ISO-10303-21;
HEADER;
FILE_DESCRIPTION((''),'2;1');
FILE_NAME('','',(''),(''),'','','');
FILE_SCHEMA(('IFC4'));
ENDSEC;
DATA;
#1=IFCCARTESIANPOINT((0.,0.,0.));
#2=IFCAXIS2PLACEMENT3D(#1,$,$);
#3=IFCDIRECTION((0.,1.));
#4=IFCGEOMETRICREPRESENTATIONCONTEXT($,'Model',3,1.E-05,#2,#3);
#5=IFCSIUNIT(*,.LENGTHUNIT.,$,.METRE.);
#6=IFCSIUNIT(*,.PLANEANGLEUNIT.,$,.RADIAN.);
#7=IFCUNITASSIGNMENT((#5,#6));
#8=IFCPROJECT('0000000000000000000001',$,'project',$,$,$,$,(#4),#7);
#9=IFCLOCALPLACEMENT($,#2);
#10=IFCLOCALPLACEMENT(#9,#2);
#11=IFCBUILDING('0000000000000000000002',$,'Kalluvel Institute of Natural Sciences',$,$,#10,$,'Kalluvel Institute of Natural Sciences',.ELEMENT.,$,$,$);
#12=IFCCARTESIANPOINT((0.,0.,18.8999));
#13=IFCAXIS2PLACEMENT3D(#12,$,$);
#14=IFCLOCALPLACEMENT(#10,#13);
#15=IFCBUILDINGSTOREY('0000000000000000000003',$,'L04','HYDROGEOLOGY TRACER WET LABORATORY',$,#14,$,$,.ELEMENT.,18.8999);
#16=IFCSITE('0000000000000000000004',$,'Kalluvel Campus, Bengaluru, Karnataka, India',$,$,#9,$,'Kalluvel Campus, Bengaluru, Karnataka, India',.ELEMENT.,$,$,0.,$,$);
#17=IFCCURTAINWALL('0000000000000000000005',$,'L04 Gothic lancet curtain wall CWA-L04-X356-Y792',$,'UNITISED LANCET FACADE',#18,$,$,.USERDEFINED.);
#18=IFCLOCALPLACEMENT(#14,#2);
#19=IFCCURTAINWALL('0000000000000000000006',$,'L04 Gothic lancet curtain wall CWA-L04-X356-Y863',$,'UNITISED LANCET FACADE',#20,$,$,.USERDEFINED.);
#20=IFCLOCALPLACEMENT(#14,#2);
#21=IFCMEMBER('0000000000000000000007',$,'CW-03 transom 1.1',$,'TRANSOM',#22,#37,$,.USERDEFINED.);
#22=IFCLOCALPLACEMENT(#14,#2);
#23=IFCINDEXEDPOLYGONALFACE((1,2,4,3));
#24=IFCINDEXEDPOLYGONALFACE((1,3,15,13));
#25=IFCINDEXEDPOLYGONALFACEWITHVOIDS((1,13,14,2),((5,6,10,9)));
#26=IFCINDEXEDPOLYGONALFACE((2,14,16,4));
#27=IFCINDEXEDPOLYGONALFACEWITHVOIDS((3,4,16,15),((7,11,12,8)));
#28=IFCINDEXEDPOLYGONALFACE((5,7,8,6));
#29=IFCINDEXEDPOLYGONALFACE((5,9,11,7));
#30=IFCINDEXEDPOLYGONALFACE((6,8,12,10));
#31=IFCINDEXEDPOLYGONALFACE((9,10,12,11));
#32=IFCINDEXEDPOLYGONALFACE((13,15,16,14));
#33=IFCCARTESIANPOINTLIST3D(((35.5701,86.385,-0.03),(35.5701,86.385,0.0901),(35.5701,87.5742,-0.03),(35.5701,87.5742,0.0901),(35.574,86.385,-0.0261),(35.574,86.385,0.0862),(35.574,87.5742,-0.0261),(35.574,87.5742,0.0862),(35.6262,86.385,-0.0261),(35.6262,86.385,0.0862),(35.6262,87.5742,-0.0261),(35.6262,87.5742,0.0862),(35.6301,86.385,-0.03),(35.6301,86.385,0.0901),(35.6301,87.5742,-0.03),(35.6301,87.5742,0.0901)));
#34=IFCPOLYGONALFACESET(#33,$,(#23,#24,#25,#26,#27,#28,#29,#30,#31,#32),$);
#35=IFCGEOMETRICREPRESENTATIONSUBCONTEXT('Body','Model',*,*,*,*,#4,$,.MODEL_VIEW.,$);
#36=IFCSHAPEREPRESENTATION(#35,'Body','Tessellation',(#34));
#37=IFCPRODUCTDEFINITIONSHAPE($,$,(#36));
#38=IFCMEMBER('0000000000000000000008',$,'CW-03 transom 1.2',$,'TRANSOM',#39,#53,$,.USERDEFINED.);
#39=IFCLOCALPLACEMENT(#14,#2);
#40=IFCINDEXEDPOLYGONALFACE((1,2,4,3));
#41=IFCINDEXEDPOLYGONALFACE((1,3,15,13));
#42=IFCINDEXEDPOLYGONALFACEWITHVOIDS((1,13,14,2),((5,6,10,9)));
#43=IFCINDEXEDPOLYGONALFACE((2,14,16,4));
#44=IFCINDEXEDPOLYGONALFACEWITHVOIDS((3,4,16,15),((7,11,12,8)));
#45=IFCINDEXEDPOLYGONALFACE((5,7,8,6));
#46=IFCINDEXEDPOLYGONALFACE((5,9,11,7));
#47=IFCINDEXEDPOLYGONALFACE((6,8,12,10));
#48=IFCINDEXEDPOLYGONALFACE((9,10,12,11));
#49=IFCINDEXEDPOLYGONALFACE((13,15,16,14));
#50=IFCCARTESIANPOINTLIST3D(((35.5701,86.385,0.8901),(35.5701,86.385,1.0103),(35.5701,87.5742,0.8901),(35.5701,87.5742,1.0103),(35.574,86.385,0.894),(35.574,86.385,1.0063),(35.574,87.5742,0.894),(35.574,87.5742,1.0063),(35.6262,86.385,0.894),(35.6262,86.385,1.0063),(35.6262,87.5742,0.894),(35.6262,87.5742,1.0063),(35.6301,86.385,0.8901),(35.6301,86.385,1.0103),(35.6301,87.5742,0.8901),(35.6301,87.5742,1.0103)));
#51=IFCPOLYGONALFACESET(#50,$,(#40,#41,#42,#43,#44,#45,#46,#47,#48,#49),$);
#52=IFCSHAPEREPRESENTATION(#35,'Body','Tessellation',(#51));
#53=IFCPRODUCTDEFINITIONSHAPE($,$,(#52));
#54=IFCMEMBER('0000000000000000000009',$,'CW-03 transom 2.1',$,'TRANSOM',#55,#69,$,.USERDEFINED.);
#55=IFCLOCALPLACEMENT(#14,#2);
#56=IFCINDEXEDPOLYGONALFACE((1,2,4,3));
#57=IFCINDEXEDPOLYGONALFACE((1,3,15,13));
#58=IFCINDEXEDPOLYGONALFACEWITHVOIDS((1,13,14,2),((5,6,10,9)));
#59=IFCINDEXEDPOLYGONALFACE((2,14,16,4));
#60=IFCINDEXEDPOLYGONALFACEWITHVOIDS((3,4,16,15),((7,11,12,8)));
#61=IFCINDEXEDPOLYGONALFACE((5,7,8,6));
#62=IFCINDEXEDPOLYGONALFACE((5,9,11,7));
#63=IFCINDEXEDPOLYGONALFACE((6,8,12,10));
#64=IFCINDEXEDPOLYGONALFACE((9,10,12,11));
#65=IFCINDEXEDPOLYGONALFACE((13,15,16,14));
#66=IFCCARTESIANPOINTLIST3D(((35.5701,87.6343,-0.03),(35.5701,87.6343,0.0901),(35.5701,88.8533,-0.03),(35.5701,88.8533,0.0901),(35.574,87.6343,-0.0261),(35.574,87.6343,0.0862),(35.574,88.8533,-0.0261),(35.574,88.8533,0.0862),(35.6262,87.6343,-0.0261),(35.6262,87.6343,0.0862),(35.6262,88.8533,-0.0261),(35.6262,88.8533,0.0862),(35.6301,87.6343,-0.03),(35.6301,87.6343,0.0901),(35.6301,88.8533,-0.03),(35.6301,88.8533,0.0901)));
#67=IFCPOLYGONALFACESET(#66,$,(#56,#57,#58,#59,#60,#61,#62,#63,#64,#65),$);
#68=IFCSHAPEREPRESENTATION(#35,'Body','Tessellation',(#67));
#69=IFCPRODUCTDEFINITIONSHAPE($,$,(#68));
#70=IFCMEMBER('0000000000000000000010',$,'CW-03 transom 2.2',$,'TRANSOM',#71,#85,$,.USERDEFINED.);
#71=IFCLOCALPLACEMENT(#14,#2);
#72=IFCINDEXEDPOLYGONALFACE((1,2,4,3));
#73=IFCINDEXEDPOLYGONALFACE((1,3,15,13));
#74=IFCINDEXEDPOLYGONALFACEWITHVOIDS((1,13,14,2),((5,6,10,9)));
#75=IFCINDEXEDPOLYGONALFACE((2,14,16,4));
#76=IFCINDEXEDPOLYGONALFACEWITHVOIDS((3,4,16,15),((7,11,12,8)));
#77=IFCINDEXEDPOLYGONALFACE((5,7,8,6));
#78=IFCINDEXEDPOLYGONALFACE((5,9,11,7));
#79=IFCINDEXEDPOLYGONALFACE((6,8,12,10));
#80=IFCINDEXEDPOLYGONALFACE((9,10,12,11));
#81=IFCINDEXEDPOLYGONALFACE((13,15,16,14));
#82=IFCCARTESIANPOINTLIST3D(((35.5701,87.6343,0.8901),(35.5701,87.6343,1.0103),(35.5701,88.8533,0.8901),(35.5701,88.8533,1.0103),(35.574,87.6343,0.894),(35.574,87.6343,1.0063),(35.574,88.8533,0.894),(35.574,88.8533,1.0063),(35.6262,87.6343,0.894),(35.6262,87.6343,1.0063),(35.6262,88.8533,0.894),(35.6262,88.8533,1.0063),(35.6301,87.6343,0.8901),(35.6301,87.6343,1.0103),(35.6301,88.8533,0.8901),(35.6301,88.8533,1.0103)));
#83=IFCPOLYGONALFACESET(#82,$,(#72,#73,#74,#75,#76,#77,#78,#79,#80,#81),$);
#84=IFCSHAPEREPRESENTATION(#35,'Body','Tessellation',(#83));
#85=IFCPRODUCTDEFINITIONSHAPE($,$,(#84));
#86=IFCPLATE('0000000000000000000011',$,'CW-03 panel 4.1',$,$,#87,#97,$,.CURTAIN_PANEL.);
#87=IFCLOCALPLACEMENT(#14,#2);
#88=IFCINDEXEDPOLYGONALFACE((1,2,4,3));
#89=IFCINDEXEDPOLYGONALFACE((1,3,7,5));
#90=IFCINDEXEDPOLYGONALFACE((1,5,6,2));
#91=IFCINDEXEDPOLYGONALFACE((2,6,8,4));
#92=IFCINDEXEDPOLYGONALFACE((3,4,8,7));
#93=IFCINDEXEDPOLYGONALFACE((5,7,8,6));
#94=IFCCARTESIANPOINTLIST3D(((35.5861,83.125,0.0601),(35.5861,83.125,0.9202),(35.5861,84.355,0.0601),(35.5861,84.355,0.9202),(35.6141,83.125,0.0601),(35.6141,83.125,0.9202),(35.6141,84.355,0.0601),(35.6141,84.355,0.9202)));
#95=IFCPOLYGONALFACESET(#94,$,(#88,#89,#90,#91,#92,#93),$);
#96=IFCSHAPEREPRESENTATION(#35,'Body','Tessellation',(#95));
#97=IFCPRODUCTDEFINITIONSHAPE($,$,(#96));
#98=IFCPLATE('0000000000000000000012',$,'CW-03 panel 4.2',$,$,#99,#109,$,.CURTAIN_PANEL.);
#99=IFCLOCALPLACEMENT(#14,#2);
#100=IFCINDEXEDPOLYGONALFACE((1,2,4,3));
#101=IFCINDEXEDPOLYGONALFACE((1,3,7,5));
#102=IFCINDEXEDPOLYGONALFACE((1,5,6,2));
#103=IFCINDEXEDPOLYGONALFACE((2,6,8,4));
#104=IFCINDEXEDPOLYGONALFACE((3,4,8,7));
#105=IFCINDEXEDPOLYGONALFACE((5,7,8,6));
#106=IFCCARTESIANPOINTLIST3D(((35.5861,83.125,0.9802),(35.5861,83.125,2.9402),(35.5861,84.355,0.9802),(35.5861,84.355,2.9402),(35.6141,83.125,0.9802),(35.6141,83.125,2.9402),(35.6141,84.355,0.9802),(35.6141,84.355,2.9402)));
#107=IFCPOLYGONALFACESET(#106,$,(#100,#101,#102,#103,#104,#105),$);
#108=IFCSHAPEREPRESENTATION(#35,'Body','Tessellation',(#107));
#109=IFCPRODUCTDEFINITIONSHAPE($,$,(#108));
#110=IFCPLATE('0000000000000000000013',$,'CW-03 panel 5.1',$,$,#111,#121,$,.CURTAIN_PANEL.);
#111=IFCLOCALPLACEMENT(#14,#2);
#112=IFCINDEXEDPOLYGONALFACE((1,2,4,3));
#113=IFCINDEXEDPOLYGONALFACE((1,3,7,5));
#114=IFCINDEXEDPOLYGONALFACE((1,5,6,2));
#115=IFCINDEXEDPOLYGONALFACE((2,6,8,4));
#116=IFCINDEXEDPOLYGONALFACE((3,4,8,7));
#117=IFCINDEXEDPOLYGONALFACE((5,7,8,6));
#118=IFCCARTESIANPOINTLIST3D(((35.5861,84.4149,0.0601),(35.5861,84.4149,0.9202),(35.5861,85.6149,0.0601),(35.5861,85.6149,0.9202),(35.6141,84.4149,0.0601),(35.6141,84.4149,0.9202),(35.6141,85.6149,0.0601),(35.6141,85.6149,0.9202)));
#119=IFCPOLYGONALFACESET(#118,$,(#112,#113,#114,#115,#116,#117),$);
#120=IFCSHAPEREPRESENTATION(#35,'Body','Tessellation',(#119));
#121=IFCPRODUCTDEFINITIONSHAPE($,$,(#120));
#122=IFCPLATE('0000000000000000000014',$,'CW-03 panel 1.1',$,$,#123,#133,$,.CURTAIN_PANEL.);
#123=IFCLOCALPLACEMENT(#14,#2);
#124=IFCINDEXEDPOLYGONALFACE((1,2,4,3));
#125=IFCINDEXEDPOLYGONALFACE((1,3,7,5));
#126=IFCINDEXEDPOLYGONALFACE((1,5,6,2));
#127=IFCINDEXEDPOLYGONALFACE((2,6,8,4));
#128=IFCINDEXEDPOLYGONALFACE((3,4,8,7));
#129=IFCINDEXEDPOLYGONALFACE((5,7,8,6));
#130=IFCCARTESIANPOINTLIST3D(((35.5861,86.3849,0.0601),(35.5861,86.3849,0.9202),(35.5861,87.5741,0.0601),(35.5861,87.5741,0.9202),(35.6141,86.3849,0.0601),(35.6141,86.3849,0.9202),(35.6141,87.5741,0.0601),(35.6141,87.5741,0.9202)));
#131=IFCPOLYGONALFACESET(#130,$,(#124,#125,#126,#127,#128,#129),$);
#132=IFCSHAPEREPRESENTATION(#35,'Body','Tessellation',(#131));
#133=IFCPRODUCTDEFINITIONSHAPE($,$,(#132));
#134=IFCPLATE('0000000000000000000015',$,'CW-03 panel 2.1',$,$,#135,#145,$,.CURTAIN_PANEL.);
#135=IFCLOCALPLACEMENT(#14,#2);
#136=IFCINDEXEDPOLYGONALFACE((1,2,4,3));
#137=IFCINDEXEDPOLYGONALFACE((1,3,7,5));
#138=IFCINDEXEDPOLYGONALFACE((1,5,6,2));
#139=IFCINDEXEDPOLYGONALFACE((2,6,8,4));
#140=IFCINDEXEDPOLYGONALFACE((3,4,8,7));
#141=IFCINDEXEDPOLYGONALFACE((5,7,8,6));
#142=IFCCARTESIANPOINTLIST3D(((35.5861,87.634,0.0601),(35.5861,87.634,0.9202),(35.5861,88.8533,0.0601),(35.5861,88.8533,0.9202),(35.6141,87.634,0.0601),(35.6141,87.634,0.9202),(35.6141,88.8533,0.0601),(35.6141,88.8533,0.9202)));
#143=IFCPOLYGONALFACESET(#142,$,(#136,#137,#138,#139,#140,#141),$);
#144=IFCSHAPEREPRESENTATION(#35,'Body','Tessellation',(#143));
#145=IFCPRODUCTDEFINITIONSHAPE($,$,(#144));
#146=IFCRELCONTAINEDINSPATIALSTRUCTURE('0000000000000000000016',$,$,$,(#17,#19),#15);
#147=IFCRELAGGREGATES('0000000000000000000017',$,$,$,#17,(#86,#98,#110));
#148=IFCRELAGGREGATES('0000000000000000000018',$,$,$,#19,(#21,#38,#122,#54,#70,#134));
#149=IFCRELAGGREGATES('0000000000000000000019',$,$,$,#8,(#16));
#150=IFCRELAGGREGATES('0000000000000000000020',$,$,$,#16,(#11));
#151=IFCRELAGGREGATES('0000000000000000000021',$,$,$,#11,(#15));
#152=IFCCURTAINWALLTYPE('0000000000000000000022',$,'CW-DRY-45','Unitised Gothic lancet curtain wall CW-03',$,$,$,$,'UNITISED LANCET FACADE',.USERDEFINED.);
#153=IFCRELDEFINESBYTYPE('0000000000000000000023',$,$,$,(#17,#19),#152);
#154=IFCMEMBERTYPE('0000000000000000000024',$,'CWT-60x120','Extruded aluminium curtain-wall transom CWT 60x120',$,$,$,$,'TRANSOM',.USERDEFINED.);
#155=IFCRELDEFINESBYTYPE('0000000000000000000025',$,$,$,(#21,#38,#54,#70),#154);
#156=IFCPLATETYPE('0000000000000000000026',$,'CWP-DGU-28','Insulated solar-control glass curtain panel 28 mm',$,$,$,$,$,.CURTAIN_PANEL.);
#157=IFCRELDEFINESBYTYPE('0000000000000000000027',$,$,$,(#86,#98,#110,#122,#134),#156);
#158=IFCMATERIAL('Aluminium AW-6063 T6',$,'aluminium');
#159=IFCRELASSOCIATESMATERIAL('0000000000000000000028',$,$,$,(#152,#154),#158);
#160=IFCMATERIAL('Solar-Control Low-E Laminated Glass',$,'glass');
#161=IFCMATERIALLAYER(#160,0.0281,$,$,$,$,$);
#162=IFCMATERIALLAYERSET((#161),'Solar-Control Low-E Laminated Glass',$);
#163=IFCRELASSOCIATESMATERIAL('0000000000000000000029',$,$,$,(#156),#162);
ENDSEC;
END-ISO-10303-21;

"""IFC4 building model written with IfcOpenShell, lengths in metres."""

from ifc_helpers import new_model, si_unit, direction, frame, origin, origin_2d, place, context, subcontext, project, spatial, rectangle, hollow_rectangle, extrude, material, layer, layer_set, material_profile, profile_set, type_object, element, aggregate, save


model = new_model("IFC4")

# Units and contexts
model_context = context("Model", 3, precision=1e-05, world=origin(), true_north=direction((0.0, 1.0)))
body_context = subcontext(model_context, "Body", "Model", "MODEL_VIEW")
ifc_project = project(units=[si_unit("LENGTHUNIT", "METRE"), si_unit("PLANEANGLEUNIT", "RADIAN")], contexts=[model_context])

# Site, building, storey
site_placement = place(None, origin())
site = spatial("IfcSite", under=ifc_project, at=site_placement, Name="Kalluvel Campus, Bengaluru, Karnataka, India", LongName="Kalluvel Campus, Bengaluru, Karnataka, India", CompositionType="ELEMENT", RefElevation=0.0)
building_placement = place(site_placement, origin())
building = spatial("IfcBuilding", under=site, at=building_placement, Name="Kalluvel Institute of Natural Sciences", LongName="Kalluvel Institute of Natural Sciences", CompositionType="ELEMENT")
storey_placement = place(building_placement, frame((0.0, 0.0, 18.8999)))
storey = spatial("IfcBuildingStorey", under=building, at=storey_placement, Name="L04", Description="HYDROGEOLOGY TRACER WET LABORATORY", CompositionType="ELEMENT", Elevation=18.8999)

# Curtain walls
ifc_material_1 = material(Name="Aluminium AW-6063 T6", Category="aluminium")
curtain_wall_type = type_object("IfcCurtainWallType", Name="CW-DRY-45", Description="Unitised Gothic lancet curtain wall CW-03", ElementType="UNITISED LANCET FACADE", PredefinedType="USERDEFINED", material=ifc_material_1)
curtain_wall_1_placement = place(storey_placement, origin())
curtain_wall_1 = element("IfcCurtainWall", 1, at=curtain_wall_1_placement, inside=storey, type_object=curtain_wall_type, Name="L04 Gothic lancet curtain wall CWA-L04-X356-Y792", ObjectType="UNITISED LANCET FACADE", PredefinedType="USERDEFINED")
curtain_wall_2_placement = place(storey_placement, origin())
curtain_wall_2 = element("IfcCurtainWall", 2, at=curtain_wall_2_placement, inside=storey, type_object=curtain_wall_type, Name="L04 Gothic lancet curtain wall CWA-L04-X356-Y863", ObjectType="UNITISED LANCET FACADE", PredefinedType="USERDEFINED")

# Members
ifc_material_profile_1 = material_profile(ifc_material_1, hollow_rectangle(XDim=0.0601, YDim=0.1201, WallThickness=0.0039, at=origin_2d()), Name="CWT 60x120")
ifc_profile_set_1 = profile_set([ifc_material_profile_1], Name="Aluminium AW-6063 T6")
member_type_1 = type_object("IfcMemberType", Name="CWT-60x120", Description="Extruded aluminium curtain-wall transom CWT 60x120", ElementType="TRANSOM", PredefinedType="USERDEFINED", material=ifc_profile_set_1)
member_1_placement = place(storey_placement, frame((35.6001, 86.385, 0.03), z_axis=(0.0, 1.0, 0.0), x_axis=(-1.0, 0.0, 0.0)))
member_1 = element("IfcMember", 3, at=member_1_placement, type_object=member_type_1, Name="CW-03 transom 1.1", ObjectType="TRANSOM", PredefinedType="USERDEFINED", context=body_context, shape_type="SweptSolid", body=[
    extrude(hollow_rectangle(XDim=0.0601, YDim=0.1201, WallThickness=0.0039, at=origin_2d()), origin(), (0.0, 0.0, 1.0), 1.1892),
])
member_2_placement = place(storey_placement, frame((35.6001, 86.385, 0.9502), z_axis=(0.0, 1.0, 0.0), x_axis=(-1.0, 0.0, 0.0)))
member_2 = element("IfcMember", 4, at=member_2_placement, type_object=member_type_1, Name="CW-03 transom 1.2", ObjectType="TRANSOM", PredefinedType="USERDEFINED", context=body_context, shape_type="SweptSolid", body=[
    extrude(hollow_rectangle(XDim=0.0601, YDim=0.1201, WallThickness=0.0039, at=origin_2d()), origin(), (0.0, 0.0, 1.0), 1.1892),
])
member_3_placement = place(storey_placement, frame((35.6001, 87.6343, 0.03), z_axis=(0.0, 1.0, 0.0), x_axis=(-1.0, 0.0, 0.0)))
member_3 = element("IfcMember", 5, at=member_3_placement, type_object=member_type_1, Name="CW-03 transom 2.1", ObjectType="TRANSOM", PredefinedType="USERDEFINED", context=body_context, shape_type="SweptSolid", body=[
    extrude(hollow_rectangle(XDim=0.0601, YDim=0.1201, WallThickness=0.0039, at=origin_2d()), origin(), (0.0, 0.0, 1.0), 1.219),
])
member_4_placement = place(storey_placement, frame((35.6001, 87.6343, 0.9502), z_axis=(0.0, 1.0, 0.0), x_axis=(-1.0, 0.0, 0.0)))
member_4 = element("IfcMember", 6, at=member_4_placement, type_object=member_type_1, Name="CW-03 transom 2.2", ObjectType="TRANSOM", PredefinedType="USERDEFINED", context=body_context, shape_type="SweptSolid", body=[
    extrude(hollow_rectangle(XDim=0.0601, YDim=0.1201, WallThickness=0.0039, at=origin_2d()), origin(), (0.0, 0.0, 1.0), 1.219),
])

# Plates
ifc_material_2 = material(Name="Solar-Control Low-E Laminated Glass", Category="glass")
ifc_layer = layer(ifc_material_2, 0.0281)
ifc_layer_set = layer_set([ifc_layer], Name="Solar-Control Low-E Laminated Glass")
plate_type = type_object("IfcPlateType", Name="CWP-DGU-28", Description="Insulated solar-control glass curtain panel 28 mm", PredefinedType="CURTAIN_PANEL", material=ifc_layer_set)
plate_1_placement = place(storey_placement, frame((35.6001, 83.74, 0.0601), z_axis=(0.0, 0.0, 1.0), x_axis=(0.0, 1.0, 0.0)))
plate_1 = element("IfcPlate", 7, at=plate_1_placement, type_object=plate_type, Name="CW-03 panel 4.1", PredefinedType="CURTAIN_PANEL", context=body_context, shape_type="SweptSolid", body=[
    extrude(rectangle(XDim=1.23, YDim=0.0281, at=origin_2d()), origin(), (0.0, 0.0, 1.0), 0.8601),
])
plate_2_placement = place(storey_placement, frame((35.6001, 83.74, 0.9802), z_axis=(0.0, 0.0, 1.0), x_axis=(0.0, 1.0, 0.0)))
plate_2 = element("IfcPlate", 8, at=plate_2_placement, type_object=plate_type, Name="CW-03 panel 4.2", PredefinedType="CURTAIN_PANEL", context=body_context, shape_type="SweptSolid", body=[
    extrude(rectangle(XDim=1.23, YDim=0.0281, at=origin_2d()), origin(), (0.0, 0.0, 1.0), 1.96),
])
plate_3_placement = place(storey_placement, frame((35.6001, 85.0149, 0.0601), z_axis=(0.0, 0.0, 1.0), x_axis=(0.0, 1.0, 0.0)))
plate_3 = element("IfcPlate", 9, at=plate_3_placement, type_object=plate_type, Name="CW-03 panel 5.1", PredefinedType="CURTAIN_PANEL", context=body_context, shape_type="SweptSolid", body=[
    extrude(rectangle(XDim=1.2, YDim=0.0281, at=origin_2d()), origin(), (0.0, 0.0, 1.0), 0.8601),
])
aggregate(curtain_wall_1, [plate_1, plate_2, plate_3])
plate_4_placement = place(storey_placement, frame((35.6001, 86.9795, 0.0601), z_axis=(0.0, 0.0, 1.0), x_axis=(0.0, 1.0, 0.0)))
plate_4 = element("IfcPlate", 10, at=plate_4_placement, type_object=plate_type, Name="CW-03 panel 1.1", PredefinedType="CURTAIN_PANEL", context=body_context, shape_type="SweptSolid", body=[
    extrude(rectangle(XDim=1.1892, YDim=0.0281, at=origin_2d()), origin(), (0.0, 0.0, 1.0), 0.8601),
])
plate_5_placement = place(storey_placement, frame((35.6001, 88.2437, 0.0601), z_axis=(0.0, 0.0, 1.0), x_axis=(0.0, 1.0, 0.0)))
plate_5 = element("IfcPlate", 11, at=plate_5_placement, type_object=plate_type, Name="CW-03 panel 2.1", PredefinedType="CURTAIN_PANEL", context=body_context, shape_type="SweptSolid", body=[
    extrude(rectangle(XDim=1.2192, YDim=0.0281, at=origin_2d()), origin(), (0.0, 0.0, 1.0), 0.8601),
])
aggregate(curtain_wall_2, [member_1, member_2, plate_4, member_3, member_4, plate_5])

save(model, "model.ifc")
